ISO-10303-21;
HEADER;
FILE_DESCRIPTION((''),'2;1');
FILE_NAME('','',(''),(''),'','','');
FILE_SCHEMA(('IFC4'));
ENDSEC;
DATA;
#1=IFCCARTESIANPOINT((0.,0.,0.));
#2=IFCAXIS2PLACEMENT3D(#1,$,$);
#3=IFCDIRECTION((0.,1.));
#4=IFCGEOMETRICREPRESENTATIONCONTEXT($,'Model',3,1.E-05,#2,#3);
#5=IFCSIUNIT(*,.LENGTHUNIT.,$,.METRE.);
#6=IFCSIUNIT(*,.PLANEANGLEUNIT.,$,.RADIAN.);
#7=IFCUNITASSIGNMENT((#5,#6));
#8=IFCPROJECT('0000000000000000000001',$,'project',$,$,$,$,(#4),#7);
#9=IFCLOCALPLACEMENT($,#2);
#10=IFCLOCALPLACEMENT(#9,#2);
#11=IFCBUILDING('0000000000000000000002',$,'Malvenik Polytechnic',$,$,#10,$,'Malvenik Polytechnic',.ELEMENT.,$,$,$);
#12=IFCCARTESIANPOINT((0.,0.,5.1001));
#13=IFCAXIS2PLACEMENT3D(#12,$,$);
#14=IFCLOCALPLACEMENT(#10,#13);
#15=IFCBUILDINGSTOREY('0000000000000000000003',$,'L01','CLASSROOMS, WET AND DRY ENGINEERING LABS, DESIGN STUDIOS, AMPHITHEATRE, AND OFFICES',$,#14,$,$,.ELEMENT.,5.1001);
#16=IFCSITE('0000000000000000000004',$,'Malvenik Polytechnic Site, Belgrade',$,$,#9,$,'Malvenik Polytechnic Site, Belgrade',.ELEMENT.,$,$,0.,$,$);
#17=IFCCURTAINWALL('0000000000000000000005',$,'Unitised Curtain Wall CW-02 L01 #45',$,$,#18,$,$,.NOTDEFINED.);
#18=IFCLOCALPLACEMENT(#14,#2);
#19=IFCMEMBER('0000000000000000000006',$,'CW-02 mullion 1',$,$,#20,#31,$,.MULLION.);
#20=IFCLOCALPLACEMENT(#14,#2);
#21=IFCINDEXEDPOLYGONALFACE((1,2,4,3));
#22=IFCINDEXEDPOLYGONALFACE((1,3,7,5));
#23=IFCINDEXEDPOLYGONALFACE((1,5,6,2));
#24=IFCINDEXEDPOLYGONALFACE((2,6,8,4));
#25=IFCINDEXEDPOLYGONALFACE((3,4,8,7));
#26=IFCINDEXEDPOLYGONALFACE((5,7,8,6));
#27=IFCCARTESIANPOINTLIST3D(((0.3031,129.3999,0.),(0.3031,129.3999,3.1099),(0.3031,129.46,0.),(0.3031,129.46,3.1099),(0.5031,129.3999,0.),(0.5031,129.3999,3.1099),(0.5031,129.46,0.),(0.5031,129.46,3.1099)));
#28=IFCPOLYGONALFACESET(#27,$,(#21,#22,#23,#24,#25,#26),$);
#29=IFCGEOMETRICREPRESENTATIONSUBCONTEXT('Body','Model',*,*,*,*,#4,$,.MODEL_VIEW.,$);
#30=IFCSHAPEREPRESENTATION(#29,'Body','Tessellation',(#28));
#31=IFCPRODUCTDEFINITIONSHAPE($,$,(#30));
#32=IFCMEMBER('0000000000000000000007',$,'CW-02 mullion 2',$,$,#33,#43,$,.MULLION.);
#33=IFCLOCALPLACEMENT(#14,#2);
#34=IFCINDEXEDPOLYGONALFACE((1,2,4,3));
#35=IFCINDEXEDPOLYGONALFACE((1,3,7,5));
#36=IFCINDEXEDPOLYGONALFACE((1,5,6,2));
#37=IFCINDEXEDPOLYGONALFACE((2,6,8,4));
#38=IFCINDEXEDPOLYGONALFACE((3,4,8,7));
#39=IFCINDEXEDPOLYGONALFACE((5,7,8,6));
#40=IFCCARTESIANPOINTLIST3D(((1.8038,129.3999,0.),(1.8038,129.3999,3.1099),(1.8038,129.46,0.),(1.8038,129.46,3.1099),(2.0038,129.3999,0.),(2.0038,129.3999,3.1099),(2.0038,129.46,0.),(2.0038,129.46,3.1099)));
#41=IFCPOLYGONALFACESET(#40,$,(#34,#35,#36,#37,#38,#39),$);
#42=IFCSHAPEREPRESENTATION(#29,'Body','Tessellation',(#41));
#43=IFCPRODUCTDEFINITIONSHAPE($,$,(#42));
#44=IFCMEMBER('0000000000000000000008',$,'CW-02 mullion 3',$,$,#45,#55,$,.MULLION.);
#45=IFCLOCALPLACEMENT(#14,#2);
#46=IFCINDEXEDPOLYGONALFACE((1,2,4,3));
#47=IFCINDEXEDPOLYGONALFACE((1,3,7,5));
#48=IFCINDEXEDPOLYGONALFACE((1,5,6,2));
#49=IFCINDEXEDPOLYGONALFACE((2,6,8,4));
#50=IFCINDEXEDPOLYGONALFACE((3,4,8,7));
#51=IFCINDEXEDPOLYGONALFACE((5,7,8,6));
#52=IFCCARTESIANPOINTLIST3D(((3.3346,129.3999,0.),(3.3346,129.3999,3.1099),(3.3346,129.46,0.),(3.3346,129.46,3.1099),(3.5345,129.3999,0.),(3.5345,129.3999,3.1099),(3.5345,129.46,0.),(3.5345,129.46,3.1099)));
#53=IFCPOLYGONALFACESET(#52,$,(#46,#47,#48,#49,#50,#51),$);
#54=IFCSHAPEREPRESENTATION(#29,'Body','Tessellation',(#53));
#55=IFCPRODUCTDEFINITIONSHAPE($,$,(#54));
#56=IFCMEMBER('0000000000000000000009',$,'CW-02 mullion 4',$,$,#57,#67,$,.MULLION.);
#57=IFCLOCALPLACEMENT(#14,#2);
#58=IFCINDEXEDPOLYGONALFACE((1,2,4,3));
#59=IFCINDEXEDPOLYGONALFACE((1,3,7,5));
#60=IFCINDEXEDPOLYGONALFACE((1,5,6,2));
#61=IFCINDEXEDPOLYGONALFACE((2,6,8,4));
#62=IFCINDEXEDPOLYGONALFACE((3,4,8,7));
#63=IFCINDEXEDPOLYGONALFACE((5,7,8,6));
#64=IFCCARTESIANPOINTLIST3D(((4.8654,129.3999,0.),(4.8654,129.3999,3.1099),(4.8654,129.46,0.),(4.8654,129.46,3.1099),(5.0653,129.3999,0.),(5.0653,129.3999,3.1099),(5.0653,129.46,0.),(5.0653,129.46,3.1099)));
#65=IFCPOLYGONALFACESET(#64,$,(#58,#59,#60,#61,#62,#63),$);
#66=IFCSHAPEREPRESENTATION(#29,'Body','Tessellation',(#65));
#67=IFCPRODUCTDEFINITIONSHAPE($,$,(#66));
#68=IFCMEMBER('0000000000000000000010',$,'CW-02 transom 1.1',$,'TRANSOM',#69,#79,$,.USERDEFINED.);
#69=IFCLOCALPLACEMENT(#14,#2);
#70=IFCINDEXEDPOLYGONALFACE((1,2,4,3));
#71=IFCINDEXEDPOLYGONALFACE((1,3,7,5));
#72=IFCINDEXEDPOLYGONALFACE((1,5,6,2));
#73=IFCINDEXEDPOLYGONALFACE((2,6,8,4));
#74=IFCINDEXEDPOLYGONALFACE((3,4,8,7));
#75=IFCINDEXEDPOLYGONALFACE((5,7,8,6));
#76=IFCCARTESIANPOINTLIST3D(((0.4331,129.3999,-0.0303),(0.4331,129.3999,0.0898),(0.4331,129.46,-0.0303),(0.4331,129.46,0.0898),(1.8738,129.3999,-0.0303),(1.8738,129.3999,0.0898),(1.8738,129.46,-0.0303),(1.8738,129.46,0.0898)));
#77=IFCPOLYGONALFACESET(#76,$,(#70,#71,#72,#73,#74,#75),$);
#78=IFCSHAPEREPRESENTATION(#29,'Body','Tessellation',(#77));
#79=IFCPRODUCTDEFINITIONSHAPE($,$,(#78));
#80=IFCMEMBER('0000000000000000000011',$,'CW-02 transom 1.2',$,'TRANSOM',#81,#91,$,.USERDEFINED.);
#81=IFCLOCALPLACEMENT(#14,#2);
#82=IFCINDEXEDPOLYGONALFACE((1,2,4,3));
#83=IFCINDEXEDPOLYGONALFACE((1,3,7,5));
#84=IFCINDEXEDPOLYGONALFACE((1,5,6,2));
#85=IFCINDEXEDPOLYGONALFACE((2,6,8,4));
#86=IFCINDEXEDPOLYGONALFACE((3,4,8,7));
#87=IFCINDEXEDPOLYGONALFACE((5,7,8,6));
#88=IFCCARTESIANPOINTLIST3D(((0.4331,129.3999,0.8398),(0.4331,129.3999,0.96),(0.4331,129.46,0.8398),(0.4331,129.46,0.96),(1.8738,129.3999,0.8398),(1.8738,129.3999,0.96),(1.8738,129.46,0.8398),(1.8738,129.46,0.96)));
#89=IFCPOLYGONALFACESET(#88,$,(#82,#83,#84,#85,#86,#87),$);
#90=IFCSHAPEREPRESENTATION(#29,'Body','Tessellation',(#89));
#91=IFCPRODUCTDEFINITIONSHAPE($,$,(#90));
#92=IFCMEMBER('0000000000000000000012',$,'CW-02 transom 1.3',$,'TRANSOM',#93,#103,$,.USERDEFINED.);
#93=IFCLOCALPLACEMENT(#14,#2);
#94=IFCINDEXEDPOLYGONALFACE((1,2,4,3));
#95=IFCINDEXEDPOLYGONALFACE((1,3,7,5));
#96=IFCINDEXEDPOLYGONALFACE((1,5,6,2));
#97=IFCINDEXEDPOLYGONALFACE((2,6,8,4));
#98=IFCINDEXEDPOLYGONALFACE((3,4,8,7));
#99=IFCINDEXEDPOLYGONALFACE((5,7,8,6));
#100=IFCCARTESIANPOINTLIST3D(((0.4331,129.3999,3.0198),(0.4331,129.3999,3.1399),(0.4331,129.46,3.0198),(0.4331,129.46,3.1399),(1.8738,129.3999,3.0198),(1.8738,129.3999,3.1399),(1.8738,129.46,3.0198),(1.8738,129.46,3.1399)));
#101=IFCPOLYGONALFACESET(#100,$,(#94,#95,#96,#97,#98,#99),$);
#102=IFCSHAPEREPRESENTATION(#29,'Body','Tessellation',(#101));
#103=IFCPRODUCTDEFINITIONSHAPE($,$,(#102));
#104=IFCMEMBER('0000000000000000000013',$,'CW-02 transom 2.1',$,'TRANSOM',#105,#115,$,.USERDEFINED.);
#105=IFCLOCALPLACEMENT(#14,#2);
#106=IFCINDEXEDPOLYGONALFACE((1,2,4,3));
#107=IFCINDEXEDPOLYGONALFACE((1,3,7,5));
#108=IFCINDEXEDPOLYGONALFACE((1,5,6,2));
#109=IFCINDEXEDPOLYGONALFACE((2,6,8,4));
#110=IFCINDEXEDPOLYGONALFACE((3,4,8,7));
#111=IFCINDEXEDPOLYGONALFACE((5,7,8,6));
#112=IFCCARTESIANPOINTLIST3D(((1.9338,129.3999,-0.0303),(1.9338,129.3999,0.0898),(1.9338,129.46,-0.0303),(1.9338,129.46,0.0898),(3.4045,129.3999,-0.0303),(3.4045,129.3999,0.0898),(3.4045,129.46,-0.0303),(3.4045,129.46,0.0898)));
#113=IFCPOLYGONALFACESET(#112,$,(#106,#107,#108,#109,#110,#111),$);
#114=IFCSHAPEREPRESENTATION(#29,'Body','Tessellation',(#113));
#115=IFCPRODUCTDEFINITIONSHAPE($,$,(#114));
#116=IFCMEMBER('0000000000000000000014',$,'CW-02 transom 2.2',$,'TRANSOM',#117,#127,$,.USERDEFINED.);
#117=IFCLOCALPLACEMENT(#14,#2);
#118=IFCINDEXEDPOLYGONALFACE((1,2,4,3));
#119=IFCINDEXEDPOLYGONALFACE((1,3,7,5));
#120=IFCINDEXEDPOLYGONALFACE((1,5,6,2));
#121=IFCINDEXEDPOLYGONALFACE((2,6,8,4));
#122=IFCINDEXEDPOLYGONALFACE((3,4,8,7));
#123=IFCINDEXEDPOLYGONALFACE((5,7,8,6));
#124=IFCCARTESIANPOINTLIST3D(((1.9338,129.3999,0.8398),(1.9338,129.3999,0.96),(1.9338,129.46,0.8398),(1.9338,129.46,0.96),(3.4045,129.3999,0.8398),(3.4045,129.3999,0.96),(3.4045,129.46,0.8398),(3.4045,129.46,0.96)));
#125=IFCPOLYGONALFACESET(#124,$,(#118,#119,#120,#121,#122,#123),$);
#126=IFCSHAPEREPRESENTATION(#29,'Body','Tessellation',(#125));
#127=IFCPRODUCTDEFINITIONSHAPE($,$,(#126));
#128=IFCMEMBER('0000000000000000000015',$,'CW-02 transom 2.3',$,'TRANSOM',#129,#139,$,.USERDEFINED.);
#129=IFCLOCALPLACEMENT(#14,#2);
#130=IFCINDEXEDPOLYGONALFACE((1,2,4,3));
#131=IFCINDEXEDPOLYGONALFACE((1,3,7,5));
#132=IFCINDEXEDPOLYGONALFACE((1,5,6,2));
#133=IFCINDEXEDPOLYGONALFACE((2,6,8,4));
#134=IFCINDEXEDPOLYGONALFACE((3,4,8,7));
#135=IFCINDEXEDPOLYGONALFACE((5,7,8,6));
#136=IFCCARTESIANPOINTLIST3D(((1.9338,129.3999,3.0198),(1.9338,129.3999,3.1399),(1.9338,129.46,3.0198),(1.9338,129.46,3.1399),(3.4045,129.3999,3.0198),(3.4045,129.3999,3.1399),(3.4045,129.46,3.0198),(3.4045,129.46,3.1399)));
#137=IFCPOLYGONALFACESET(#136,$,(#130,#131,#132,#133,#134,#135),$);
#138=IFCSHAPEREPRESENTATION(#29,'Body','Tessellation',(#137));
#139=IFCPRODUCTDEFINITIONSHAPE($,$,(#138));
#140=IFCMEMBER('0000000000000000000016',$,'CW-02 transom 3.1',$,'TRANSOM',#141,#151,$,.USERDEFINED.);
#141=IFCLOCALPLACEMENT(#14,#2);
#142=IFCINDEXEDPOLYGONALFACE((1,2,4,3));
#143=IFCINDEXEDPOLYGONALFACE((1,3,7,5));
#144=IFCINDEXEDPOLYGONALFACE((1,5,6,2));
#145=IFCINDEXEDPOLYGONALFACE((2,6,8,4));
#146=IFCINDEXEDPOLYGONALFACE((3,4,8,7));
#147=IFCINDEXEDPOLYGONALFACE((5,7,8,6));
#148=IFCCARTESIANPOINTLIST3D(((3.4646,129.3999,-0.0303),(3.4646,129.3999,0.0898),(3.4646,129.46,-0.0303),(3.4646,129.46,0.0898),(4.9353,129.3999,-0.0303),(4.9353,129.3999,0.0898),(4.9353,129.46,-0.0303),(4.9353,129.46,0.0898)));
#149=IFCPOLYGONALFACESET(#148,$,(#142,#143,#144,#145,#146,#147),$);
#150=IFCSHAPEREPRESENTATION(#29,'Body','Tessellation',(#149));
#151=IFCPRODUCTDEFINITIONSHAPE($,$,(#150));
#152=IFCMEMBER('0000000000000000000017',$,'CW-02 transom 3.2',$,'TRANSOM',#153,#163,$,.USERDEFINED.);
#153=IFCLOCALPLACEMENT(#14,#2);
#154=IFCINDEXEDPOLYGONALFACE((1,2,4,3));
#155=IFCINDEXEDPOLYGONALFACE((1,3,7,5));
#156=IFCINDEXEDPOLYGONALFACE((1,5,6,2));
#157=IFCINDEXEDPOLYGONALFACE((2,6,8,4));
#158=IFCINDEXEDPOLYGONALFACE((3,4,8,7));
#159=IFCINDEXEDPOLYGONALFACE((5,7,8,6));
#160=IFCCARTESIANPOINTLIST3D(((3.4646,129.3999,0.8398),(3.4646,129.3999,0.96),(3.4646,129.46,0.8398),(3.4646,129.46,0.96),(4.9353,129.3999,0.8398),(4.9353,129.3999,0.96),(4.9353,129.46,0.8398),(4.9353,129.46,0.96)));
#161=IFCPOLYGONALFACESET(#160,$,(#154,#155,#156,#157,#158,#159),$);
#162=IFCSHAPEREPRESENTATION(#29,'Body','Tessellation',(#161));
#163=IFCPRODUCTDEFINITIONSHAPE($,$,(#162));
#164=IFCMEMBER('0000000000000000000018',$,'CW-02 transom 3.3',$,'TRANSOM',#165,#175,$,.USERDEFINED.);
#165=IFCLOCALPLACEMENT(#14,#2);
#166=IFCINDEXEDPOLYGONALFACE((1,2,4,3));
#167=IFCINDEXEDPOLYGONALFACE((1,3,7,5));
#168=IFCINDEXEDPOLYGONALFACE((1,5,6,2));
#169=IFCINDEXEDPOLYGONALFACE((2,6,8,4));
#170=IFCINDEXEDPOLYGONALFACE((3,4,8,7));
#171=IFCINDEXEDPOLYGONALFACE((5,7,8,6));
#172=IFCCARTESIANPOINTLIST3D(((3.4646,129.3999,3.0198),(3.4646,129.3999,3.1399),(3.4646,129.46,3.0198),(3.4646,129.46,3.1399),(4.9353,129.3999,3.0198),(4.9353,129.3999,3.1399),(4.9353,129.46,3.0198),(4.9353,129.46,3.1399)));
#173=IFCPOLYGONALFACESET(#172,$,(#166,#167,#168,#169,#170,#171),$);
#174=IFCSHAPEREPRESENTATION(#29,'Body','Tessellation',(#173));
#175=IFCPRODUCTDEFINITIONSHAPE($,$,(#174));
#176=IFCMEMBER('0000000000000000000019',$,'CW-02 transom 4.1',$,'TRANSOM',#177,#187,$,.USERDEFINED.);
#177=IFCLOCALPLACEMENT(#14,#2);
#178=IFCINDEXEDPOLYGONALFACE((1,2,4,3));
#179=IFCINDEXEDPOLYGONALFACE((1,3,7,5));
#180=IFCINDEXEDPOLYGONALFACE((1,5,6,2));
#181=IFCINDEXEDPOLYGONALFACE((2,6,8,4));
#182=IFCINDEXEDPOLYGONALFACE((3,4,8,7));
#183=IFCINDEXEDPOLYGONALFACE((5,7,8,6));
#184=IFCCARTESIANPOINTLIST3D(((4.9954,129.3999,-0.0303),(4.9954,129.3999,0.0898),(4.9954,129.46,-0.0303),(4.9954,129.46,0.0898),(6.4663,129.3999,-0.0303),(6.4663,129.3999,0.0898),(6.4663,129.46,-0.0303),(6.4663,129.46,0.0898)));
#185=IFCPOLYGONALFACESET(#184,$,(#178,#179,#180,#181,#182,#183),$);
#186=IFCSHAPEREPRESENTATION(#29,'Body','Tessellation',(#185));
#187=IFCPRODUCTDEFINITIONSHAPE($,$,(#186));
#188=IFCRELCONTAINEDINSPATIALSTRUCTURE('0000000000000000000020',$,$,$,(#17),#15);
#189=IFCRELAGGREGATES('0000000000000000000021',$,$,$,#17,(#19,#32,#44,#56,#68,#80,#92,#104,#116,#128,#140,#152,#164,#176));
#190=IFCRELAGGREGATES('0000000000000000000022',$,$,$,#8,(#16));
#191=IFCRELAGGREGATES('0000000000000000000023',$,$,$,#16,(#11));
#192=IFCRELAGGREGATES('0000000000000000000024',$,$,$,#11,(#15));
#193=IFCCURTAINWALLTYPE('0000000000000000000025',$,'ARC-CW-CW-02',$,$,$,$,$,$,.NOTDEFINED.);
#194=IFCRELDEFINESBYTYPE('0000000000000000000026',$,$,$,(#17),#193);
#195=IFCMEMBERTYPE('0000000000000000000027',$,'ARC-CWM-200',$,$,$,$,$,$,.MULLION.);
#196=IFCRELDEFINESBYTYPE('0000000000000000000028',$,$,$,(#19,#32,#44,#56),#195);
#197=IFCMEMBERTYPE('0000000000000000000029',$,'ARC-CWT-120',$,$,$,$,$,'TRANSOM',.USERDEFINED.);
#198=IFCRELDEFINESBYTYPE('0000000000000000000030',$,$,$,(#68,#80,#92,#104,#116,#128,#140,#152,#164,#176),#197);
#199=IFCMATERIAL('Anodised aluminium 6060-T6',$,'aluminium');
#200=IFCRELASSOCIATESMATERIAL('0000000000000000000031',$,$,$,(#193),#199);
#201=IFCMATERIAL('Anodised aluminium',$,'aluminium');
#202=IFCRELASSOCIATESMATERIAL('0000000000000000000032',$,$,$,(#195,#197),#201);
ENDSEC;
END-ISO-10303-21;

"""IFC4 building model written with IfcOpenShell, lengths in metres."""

from ifc_helpers import new_model, si_unit, direction, frame, origin, origin_2d, place, context, subcontext, project, spatial, rectangle, extrude, material, material_profile, profile_set, type_object, element, aggregate, save


model = new_model("IFC4")

# Units and contexts
model_context = context("Model", 3, precision=1e-05, world=origin(), true_north=direction((0.0, 1.0)))
body_context = subcontext(model_context, "Body", "Model", "MODEL_VIEW")
ifc_project = project(units=[si_unit("LENGTHUNIT", "METRE"), si_unit("PLANEANGLEUNIT", "RADIAN")], contexts=[model_context])

# Site, building, storey
site_placement = place(None, origin())
site = spatial("IfcSite", under=ifc_project, at=site_placement, Name="Malvenik Polytechnic Site, Belgrade", LongName="Malvenik Polytechnic Site, Belgrade", CompositionType="ELEMENT", RefElevation=0.0)
building_placement = place(site_placement, origin())
building = spatial("IfcBuilding", under=site, at=building_placement, Name="Malvenik Polytechnic", LongName="Malvenik Polytechnic", CompositionType="ELEMENT")
storey_placement = place(building_placement, frame((0.0, 0.0, 5.1001)))
storey = spatial("IfcBuildingStorey", under=building, at=storey_placement, Name="L01", Description="CLASSROOMS, WET AND DRY ENGINEERING LABS, DESIGN STUDIOS, AMPHITHEATRE, AND OFFICES", CompositionType="ELEMENT", Elevation=5.1001)

# Curtain wall, members
ifc_material_1 = material(Name="Anodised aluminium 6060-T6", Category="aluminium")
curtain_wall_type = type_object("IfcCurtainWallType", Name="ARC-CW-CW-02", PredefinedType="NOTDEFINED", material=ifc_material_1)
curtain_wall_placement = place(storey_placement, origin())
curtain_wall = element("IfcCurtainWall", 1, at=curtain_wall_placement, inside=storey, type_object=curtain_wall_type, Name="Unitised Curtain Wall CW-02 L01 #45", PredefinedType="NOTDEFINED")
ifc_material_2 = material(Name="Anodised aluminium", Category="aluminium")
ifc_material_profile_1 = material_profile(ifc_material_2, rectangle(XDim=0.0601, YDim=0.2, at=origin_2d()), Name="ALU MULLION 60x200")
ifc_profile_set_1 = profile_set([ifc_material_profile_1], Name="Anodised aluminium")
member_type_1 = type_object("IfcMemberType", Name="ARC-CWM-200", PredefinedType="MULLION", material=ifc_profile_set_1)
member_1_placement = place(storey_placement, frame((0.4031, 129.4299, 0.0), z_axis=(0.0, 0.0, 1.0), x_axis=(0.0, 1.0, 0.0)))
member_1 = element("IfcMember", 2, at=member_1_placement, type_object=member_type_1, Name="CW-02 mullion 1", PredefinedType="MULLION", context=body_context, shape_type="SweptSolid", body=[
    extrude(rectangle(XDim=0.0601, YDim=0.2, at=origin_2d()), origin(), (0.0, 0.0, 1.0), 3.1099),
])
member_2_placement = place(storey_placement, frame((1.9038, 129.4299, 0.0), z_axis=(0.0, 0.0, 1.0), x_axis=(0.0, 1.0, 0.0)))
member_2 = element("IfcMember", 3, at=member_2_placement, type_object=member_type_1, Name="CW-02 mullion 2", PredefinedType="MULLION", context=body_context, shape_type="SweptSolid", body=[
    extrude(rectangle(XDim=0.0601, YDim=0.2, at=origin_2d()), origin(), (0.0, 0.0, 1.0), 3.1099),
])
member_3_placement = place(storey_placement, frame((3.4346, 129.4299, 0.0), z_axis=(0.0, 0.0, 1.0), x_axis=(0.0, 1.0, 0.0)))
member_3 = element("IfcMember", 4, at=member_3_placement, type_object=member_type_1, Name="CW-02 mullion 3", PredefinedType="MULLION", context=body_context, shape_type="SweptSolid", body=[
    extrude(rectangle(XDim=0.0601, YDim=0.2, at=origin_2d()), origin(), (0.0, 0.0, 1.0), 3.1099),
])
member_4_placement = place(storey_placement, frame((4.9653, 129.4299, 0.0), z_axis=(0.0, 0.0, 1.0), x_axis=(0.0, 1.0, 0.0)))
member_4 = element("IfcMember", 5, at=member_4_placement, type_object=member_type_1, Name="CW-02 mullion 4", PredefinedType="MULLION", context=body_context, shape_type="SweptSolid", body=[
    extrude(rectangle(XDim=0.0601, YDim=0.2, at=origin_2d()), origin(), (0.0, 0.0, 1.0), 3.1099),
])
ifc_material_profile_2 = material_profile(ifc_material_2, rectangle(XDim=0.0601, YDim=0.1201, at=origin_2d()), Name="ALU TRANSOM 60x120")
ifc_profile_set_2 = profile_set([ifc_material_profile_2], Name="Anodised aluminium")
member_type_2 = type_object("IfcMemberType", Name="ARC-CWT-120", ElementType="TRANSOM", PredefinedType="USERDEFINED", material=ifc_profile_set_2)
member_5_placement = place(storey_placement, frame((0.4331, 129.4299, 0.0298), z_axis=(1.0, 0.0, 0.0), x_axis=(0.0, 1.0, 0.0)))
member_5 = element("IfcMember", 6, at=member_5_placement, type_object=member_type_2, Name="CW-02 transom 1.1", ObjectType="TRANSOM", PredefinedType="USERDEFINED", context=body_context, shape_type="SweptSolid", body=[
    extrude(rectangle(XDim=0.0601, YDim=0.1201, at=origin_2d()), origin(), (0.0, 0.0, 1.0), 1.4407),
])
member_6_placement = place(storey_placement, frame((0.4331, 129.4299, 0.8999), z_axis=(1.0, 0.0, 0.0), x_axis=(0.0, 1.0, 0.0)))
member_6 = element("IfcMember", 7, at=member_6_placement, type_object=member_type_2, Name="CW-02 transom 1.2", ObjectType="TRANSOM", PredefinedType="USERDEFINED", context=body_context, shape_type="SweptSolid", body=[
    extrude(rectangle(XDim=0.0601, YDim=0.1201, at=origin_2d()), origin(), (0.0, 0.0, 1.0), 1.4407),
])
member_7_placement = place(storey_placement, frame((0.4331, 129.4299, 3.0798), z_axis=(1.0, 0.0, 0.0), x_axis=(0.0, 1.0, 0.0)))
member_7 = element("IfcMember", 8, at=member_7_placement, type_object=member_type_2, Name="CW-02 transom 1.3", ObjectType="TRANSOM", PredefinedType="USERDEFINED", context=body_context, shape_type="SweptSolid", body=[
    extrude(rectangle(XDim=0.0601, YDim=0.1201, at=origin_2d()), origin(), (0.0, 0.0, 1.0), 1.4407),
])
member_8_placement = place(storey_placement, frame((1.9338, 129.4299, 0.0298), z_axis=(1.0, 0.0, 0.0), x_axis=(0.0, 1.0, 0.0)))
member_8 = element("IfcMember", 9, at=member_8_placement, type_object=member_type_2, Name="CW-02 transom 2.1", ObjectType="TRANSOM", PredefinedType="USERDEFINED", context=body_context, shape_type="SweptSolid", body=[
    extrude(rectangle(XDim=0.0601, YDim=0.1201, at=origin_2d()), origin(), (0.0, 0.0, 1.0), 1.4707),
])
member_9_placement = place(storey_placement, frame((1.9338, 129.4299, 0.8999), z_axis=(1.0, 0.0, 0.0), x_axis=(0.0, 1.0, 0.0)))
member_9 = element("IfcMember", 10, at=member_9_placement, type_object=member_type_2, Name="CW-02 transom 2.2", ObjectType="TRANSOM", PredefinedType="USERDEFINED", context=body_context, shape_type="SweptSolid", body=[
    extrude(rectangle(XDim=0.0601, YDim=0.1201, at=origin_2d()), origin(), (0.0, 0.0, 1.0), 1.4707),
])
member_10_placement = place(storey_placement, frame((1.9338, 129.4299, 3.0798), z_axis=(1.0, 0.0, 0.0), x_axis=(0.0, 1.0, 0.0)))
member_10 = element("IfcMember", 11, at=member_10_placement, type_object=member_type_2, Name="CW-02 transom 2.3", ObjectType="TRANSOM", PredefinedType="USERDEFINED", context=body_context, shape_type="SweptSolid", body=[
    extrude(rectangle(XDim=0.0601, YDim=0.1201, at=origin_2d()), origin(), (0.0, 0.0, 1.0), 1.4707),
])
member_11_placement = place(storey_placement, frame((3.4646, 129.4299, 0.0298), z_axis=(1.0, 0.0, 0.0), x_axis=(0.0, 1.0, 0.0)))
member_11 = element("IfcMember", 12, at=member_11_placement, type_object=member_type_2, Name="CW-02 transom 3.1", ObjectType="TRANSOM", PredefinedType="USERDEFINED", context=body_context, shape_type="SweptSolid", body=[
    extrude(rectangle(XDim=0.0601, YDim=0.1201, at=origin_2d()), origin(), (0.0, 0.0, 1.0), 1.4707),
])
member_12_placement = place(storey_placement, frame((3.4646, 129.4299, 0.8999), z_axis=(1.0, 0.0, 0.0), x_axis=(0.0, 1.0, 0.0)))
member_12 = element("IfcMember", 13, at=member_12_placement, type_object=member_type_2, Name="CW-02 transom 3.2", ObjectType="TRANSOM", PredefinedType="USERDEFINED", context=body_context, shape_type="SweptSolid", body=[
    extrude(rectangle(XDim=0.0601, YDim=0.1201, at=origin_2d()), origin(), (0.0, 0.0, 1.0), 1.4707),
])
member_13_placement = place(storey_placement, frame((3.4646, 129.4299, 3.0798), z_axis=(1.0, 0.0, 0.0), x_axis=(0.0, 1.0, 0.0)))
member_13 = element("IfcMember", 14, at=member_13_placement, type_object=member_type_2, Name="CW-02 transom 3.3", ObjectType="TRANSOM", PredefinedType="USERDEFINED", context=body_context, shape_type="SweptSolid", body=[
    extrude(rectangle(XDim=0.0601, YDim=0.1201, at=origin_2d()), origin(), (0.0, 0.0, 1.0), 1.4707),
])
member_14_placement = place(storey_placement, frame((4.9954, 129.4299, 0.0298), z_axis=(1.0, 0.0, 0.0), x_axis=(0.0, 1.0, 0.0)))
member_14 = element("IfcMember", 15, at=member_14_placement, type_object=member_type_2, Name="CW-02 transom 4.1", ObjectType="TRANSOM", PredefinedType="USERDEFINED", context=body_context, shape_type="SweptSolid", body=[
    extrude(rectangle(XDim=0.0601, YDim=0.1201, at=origin_2d()), origin(), (0.0, 0.0, 1.0), 1.4709),
])
aggregate(curtain_wall, [member_1, member_2, member_3, member_4, member_5, member_6, member_7, member_8, member_9, member_10, member_11, member_12, member_13, member_14])

save(model, "model.ifc")
